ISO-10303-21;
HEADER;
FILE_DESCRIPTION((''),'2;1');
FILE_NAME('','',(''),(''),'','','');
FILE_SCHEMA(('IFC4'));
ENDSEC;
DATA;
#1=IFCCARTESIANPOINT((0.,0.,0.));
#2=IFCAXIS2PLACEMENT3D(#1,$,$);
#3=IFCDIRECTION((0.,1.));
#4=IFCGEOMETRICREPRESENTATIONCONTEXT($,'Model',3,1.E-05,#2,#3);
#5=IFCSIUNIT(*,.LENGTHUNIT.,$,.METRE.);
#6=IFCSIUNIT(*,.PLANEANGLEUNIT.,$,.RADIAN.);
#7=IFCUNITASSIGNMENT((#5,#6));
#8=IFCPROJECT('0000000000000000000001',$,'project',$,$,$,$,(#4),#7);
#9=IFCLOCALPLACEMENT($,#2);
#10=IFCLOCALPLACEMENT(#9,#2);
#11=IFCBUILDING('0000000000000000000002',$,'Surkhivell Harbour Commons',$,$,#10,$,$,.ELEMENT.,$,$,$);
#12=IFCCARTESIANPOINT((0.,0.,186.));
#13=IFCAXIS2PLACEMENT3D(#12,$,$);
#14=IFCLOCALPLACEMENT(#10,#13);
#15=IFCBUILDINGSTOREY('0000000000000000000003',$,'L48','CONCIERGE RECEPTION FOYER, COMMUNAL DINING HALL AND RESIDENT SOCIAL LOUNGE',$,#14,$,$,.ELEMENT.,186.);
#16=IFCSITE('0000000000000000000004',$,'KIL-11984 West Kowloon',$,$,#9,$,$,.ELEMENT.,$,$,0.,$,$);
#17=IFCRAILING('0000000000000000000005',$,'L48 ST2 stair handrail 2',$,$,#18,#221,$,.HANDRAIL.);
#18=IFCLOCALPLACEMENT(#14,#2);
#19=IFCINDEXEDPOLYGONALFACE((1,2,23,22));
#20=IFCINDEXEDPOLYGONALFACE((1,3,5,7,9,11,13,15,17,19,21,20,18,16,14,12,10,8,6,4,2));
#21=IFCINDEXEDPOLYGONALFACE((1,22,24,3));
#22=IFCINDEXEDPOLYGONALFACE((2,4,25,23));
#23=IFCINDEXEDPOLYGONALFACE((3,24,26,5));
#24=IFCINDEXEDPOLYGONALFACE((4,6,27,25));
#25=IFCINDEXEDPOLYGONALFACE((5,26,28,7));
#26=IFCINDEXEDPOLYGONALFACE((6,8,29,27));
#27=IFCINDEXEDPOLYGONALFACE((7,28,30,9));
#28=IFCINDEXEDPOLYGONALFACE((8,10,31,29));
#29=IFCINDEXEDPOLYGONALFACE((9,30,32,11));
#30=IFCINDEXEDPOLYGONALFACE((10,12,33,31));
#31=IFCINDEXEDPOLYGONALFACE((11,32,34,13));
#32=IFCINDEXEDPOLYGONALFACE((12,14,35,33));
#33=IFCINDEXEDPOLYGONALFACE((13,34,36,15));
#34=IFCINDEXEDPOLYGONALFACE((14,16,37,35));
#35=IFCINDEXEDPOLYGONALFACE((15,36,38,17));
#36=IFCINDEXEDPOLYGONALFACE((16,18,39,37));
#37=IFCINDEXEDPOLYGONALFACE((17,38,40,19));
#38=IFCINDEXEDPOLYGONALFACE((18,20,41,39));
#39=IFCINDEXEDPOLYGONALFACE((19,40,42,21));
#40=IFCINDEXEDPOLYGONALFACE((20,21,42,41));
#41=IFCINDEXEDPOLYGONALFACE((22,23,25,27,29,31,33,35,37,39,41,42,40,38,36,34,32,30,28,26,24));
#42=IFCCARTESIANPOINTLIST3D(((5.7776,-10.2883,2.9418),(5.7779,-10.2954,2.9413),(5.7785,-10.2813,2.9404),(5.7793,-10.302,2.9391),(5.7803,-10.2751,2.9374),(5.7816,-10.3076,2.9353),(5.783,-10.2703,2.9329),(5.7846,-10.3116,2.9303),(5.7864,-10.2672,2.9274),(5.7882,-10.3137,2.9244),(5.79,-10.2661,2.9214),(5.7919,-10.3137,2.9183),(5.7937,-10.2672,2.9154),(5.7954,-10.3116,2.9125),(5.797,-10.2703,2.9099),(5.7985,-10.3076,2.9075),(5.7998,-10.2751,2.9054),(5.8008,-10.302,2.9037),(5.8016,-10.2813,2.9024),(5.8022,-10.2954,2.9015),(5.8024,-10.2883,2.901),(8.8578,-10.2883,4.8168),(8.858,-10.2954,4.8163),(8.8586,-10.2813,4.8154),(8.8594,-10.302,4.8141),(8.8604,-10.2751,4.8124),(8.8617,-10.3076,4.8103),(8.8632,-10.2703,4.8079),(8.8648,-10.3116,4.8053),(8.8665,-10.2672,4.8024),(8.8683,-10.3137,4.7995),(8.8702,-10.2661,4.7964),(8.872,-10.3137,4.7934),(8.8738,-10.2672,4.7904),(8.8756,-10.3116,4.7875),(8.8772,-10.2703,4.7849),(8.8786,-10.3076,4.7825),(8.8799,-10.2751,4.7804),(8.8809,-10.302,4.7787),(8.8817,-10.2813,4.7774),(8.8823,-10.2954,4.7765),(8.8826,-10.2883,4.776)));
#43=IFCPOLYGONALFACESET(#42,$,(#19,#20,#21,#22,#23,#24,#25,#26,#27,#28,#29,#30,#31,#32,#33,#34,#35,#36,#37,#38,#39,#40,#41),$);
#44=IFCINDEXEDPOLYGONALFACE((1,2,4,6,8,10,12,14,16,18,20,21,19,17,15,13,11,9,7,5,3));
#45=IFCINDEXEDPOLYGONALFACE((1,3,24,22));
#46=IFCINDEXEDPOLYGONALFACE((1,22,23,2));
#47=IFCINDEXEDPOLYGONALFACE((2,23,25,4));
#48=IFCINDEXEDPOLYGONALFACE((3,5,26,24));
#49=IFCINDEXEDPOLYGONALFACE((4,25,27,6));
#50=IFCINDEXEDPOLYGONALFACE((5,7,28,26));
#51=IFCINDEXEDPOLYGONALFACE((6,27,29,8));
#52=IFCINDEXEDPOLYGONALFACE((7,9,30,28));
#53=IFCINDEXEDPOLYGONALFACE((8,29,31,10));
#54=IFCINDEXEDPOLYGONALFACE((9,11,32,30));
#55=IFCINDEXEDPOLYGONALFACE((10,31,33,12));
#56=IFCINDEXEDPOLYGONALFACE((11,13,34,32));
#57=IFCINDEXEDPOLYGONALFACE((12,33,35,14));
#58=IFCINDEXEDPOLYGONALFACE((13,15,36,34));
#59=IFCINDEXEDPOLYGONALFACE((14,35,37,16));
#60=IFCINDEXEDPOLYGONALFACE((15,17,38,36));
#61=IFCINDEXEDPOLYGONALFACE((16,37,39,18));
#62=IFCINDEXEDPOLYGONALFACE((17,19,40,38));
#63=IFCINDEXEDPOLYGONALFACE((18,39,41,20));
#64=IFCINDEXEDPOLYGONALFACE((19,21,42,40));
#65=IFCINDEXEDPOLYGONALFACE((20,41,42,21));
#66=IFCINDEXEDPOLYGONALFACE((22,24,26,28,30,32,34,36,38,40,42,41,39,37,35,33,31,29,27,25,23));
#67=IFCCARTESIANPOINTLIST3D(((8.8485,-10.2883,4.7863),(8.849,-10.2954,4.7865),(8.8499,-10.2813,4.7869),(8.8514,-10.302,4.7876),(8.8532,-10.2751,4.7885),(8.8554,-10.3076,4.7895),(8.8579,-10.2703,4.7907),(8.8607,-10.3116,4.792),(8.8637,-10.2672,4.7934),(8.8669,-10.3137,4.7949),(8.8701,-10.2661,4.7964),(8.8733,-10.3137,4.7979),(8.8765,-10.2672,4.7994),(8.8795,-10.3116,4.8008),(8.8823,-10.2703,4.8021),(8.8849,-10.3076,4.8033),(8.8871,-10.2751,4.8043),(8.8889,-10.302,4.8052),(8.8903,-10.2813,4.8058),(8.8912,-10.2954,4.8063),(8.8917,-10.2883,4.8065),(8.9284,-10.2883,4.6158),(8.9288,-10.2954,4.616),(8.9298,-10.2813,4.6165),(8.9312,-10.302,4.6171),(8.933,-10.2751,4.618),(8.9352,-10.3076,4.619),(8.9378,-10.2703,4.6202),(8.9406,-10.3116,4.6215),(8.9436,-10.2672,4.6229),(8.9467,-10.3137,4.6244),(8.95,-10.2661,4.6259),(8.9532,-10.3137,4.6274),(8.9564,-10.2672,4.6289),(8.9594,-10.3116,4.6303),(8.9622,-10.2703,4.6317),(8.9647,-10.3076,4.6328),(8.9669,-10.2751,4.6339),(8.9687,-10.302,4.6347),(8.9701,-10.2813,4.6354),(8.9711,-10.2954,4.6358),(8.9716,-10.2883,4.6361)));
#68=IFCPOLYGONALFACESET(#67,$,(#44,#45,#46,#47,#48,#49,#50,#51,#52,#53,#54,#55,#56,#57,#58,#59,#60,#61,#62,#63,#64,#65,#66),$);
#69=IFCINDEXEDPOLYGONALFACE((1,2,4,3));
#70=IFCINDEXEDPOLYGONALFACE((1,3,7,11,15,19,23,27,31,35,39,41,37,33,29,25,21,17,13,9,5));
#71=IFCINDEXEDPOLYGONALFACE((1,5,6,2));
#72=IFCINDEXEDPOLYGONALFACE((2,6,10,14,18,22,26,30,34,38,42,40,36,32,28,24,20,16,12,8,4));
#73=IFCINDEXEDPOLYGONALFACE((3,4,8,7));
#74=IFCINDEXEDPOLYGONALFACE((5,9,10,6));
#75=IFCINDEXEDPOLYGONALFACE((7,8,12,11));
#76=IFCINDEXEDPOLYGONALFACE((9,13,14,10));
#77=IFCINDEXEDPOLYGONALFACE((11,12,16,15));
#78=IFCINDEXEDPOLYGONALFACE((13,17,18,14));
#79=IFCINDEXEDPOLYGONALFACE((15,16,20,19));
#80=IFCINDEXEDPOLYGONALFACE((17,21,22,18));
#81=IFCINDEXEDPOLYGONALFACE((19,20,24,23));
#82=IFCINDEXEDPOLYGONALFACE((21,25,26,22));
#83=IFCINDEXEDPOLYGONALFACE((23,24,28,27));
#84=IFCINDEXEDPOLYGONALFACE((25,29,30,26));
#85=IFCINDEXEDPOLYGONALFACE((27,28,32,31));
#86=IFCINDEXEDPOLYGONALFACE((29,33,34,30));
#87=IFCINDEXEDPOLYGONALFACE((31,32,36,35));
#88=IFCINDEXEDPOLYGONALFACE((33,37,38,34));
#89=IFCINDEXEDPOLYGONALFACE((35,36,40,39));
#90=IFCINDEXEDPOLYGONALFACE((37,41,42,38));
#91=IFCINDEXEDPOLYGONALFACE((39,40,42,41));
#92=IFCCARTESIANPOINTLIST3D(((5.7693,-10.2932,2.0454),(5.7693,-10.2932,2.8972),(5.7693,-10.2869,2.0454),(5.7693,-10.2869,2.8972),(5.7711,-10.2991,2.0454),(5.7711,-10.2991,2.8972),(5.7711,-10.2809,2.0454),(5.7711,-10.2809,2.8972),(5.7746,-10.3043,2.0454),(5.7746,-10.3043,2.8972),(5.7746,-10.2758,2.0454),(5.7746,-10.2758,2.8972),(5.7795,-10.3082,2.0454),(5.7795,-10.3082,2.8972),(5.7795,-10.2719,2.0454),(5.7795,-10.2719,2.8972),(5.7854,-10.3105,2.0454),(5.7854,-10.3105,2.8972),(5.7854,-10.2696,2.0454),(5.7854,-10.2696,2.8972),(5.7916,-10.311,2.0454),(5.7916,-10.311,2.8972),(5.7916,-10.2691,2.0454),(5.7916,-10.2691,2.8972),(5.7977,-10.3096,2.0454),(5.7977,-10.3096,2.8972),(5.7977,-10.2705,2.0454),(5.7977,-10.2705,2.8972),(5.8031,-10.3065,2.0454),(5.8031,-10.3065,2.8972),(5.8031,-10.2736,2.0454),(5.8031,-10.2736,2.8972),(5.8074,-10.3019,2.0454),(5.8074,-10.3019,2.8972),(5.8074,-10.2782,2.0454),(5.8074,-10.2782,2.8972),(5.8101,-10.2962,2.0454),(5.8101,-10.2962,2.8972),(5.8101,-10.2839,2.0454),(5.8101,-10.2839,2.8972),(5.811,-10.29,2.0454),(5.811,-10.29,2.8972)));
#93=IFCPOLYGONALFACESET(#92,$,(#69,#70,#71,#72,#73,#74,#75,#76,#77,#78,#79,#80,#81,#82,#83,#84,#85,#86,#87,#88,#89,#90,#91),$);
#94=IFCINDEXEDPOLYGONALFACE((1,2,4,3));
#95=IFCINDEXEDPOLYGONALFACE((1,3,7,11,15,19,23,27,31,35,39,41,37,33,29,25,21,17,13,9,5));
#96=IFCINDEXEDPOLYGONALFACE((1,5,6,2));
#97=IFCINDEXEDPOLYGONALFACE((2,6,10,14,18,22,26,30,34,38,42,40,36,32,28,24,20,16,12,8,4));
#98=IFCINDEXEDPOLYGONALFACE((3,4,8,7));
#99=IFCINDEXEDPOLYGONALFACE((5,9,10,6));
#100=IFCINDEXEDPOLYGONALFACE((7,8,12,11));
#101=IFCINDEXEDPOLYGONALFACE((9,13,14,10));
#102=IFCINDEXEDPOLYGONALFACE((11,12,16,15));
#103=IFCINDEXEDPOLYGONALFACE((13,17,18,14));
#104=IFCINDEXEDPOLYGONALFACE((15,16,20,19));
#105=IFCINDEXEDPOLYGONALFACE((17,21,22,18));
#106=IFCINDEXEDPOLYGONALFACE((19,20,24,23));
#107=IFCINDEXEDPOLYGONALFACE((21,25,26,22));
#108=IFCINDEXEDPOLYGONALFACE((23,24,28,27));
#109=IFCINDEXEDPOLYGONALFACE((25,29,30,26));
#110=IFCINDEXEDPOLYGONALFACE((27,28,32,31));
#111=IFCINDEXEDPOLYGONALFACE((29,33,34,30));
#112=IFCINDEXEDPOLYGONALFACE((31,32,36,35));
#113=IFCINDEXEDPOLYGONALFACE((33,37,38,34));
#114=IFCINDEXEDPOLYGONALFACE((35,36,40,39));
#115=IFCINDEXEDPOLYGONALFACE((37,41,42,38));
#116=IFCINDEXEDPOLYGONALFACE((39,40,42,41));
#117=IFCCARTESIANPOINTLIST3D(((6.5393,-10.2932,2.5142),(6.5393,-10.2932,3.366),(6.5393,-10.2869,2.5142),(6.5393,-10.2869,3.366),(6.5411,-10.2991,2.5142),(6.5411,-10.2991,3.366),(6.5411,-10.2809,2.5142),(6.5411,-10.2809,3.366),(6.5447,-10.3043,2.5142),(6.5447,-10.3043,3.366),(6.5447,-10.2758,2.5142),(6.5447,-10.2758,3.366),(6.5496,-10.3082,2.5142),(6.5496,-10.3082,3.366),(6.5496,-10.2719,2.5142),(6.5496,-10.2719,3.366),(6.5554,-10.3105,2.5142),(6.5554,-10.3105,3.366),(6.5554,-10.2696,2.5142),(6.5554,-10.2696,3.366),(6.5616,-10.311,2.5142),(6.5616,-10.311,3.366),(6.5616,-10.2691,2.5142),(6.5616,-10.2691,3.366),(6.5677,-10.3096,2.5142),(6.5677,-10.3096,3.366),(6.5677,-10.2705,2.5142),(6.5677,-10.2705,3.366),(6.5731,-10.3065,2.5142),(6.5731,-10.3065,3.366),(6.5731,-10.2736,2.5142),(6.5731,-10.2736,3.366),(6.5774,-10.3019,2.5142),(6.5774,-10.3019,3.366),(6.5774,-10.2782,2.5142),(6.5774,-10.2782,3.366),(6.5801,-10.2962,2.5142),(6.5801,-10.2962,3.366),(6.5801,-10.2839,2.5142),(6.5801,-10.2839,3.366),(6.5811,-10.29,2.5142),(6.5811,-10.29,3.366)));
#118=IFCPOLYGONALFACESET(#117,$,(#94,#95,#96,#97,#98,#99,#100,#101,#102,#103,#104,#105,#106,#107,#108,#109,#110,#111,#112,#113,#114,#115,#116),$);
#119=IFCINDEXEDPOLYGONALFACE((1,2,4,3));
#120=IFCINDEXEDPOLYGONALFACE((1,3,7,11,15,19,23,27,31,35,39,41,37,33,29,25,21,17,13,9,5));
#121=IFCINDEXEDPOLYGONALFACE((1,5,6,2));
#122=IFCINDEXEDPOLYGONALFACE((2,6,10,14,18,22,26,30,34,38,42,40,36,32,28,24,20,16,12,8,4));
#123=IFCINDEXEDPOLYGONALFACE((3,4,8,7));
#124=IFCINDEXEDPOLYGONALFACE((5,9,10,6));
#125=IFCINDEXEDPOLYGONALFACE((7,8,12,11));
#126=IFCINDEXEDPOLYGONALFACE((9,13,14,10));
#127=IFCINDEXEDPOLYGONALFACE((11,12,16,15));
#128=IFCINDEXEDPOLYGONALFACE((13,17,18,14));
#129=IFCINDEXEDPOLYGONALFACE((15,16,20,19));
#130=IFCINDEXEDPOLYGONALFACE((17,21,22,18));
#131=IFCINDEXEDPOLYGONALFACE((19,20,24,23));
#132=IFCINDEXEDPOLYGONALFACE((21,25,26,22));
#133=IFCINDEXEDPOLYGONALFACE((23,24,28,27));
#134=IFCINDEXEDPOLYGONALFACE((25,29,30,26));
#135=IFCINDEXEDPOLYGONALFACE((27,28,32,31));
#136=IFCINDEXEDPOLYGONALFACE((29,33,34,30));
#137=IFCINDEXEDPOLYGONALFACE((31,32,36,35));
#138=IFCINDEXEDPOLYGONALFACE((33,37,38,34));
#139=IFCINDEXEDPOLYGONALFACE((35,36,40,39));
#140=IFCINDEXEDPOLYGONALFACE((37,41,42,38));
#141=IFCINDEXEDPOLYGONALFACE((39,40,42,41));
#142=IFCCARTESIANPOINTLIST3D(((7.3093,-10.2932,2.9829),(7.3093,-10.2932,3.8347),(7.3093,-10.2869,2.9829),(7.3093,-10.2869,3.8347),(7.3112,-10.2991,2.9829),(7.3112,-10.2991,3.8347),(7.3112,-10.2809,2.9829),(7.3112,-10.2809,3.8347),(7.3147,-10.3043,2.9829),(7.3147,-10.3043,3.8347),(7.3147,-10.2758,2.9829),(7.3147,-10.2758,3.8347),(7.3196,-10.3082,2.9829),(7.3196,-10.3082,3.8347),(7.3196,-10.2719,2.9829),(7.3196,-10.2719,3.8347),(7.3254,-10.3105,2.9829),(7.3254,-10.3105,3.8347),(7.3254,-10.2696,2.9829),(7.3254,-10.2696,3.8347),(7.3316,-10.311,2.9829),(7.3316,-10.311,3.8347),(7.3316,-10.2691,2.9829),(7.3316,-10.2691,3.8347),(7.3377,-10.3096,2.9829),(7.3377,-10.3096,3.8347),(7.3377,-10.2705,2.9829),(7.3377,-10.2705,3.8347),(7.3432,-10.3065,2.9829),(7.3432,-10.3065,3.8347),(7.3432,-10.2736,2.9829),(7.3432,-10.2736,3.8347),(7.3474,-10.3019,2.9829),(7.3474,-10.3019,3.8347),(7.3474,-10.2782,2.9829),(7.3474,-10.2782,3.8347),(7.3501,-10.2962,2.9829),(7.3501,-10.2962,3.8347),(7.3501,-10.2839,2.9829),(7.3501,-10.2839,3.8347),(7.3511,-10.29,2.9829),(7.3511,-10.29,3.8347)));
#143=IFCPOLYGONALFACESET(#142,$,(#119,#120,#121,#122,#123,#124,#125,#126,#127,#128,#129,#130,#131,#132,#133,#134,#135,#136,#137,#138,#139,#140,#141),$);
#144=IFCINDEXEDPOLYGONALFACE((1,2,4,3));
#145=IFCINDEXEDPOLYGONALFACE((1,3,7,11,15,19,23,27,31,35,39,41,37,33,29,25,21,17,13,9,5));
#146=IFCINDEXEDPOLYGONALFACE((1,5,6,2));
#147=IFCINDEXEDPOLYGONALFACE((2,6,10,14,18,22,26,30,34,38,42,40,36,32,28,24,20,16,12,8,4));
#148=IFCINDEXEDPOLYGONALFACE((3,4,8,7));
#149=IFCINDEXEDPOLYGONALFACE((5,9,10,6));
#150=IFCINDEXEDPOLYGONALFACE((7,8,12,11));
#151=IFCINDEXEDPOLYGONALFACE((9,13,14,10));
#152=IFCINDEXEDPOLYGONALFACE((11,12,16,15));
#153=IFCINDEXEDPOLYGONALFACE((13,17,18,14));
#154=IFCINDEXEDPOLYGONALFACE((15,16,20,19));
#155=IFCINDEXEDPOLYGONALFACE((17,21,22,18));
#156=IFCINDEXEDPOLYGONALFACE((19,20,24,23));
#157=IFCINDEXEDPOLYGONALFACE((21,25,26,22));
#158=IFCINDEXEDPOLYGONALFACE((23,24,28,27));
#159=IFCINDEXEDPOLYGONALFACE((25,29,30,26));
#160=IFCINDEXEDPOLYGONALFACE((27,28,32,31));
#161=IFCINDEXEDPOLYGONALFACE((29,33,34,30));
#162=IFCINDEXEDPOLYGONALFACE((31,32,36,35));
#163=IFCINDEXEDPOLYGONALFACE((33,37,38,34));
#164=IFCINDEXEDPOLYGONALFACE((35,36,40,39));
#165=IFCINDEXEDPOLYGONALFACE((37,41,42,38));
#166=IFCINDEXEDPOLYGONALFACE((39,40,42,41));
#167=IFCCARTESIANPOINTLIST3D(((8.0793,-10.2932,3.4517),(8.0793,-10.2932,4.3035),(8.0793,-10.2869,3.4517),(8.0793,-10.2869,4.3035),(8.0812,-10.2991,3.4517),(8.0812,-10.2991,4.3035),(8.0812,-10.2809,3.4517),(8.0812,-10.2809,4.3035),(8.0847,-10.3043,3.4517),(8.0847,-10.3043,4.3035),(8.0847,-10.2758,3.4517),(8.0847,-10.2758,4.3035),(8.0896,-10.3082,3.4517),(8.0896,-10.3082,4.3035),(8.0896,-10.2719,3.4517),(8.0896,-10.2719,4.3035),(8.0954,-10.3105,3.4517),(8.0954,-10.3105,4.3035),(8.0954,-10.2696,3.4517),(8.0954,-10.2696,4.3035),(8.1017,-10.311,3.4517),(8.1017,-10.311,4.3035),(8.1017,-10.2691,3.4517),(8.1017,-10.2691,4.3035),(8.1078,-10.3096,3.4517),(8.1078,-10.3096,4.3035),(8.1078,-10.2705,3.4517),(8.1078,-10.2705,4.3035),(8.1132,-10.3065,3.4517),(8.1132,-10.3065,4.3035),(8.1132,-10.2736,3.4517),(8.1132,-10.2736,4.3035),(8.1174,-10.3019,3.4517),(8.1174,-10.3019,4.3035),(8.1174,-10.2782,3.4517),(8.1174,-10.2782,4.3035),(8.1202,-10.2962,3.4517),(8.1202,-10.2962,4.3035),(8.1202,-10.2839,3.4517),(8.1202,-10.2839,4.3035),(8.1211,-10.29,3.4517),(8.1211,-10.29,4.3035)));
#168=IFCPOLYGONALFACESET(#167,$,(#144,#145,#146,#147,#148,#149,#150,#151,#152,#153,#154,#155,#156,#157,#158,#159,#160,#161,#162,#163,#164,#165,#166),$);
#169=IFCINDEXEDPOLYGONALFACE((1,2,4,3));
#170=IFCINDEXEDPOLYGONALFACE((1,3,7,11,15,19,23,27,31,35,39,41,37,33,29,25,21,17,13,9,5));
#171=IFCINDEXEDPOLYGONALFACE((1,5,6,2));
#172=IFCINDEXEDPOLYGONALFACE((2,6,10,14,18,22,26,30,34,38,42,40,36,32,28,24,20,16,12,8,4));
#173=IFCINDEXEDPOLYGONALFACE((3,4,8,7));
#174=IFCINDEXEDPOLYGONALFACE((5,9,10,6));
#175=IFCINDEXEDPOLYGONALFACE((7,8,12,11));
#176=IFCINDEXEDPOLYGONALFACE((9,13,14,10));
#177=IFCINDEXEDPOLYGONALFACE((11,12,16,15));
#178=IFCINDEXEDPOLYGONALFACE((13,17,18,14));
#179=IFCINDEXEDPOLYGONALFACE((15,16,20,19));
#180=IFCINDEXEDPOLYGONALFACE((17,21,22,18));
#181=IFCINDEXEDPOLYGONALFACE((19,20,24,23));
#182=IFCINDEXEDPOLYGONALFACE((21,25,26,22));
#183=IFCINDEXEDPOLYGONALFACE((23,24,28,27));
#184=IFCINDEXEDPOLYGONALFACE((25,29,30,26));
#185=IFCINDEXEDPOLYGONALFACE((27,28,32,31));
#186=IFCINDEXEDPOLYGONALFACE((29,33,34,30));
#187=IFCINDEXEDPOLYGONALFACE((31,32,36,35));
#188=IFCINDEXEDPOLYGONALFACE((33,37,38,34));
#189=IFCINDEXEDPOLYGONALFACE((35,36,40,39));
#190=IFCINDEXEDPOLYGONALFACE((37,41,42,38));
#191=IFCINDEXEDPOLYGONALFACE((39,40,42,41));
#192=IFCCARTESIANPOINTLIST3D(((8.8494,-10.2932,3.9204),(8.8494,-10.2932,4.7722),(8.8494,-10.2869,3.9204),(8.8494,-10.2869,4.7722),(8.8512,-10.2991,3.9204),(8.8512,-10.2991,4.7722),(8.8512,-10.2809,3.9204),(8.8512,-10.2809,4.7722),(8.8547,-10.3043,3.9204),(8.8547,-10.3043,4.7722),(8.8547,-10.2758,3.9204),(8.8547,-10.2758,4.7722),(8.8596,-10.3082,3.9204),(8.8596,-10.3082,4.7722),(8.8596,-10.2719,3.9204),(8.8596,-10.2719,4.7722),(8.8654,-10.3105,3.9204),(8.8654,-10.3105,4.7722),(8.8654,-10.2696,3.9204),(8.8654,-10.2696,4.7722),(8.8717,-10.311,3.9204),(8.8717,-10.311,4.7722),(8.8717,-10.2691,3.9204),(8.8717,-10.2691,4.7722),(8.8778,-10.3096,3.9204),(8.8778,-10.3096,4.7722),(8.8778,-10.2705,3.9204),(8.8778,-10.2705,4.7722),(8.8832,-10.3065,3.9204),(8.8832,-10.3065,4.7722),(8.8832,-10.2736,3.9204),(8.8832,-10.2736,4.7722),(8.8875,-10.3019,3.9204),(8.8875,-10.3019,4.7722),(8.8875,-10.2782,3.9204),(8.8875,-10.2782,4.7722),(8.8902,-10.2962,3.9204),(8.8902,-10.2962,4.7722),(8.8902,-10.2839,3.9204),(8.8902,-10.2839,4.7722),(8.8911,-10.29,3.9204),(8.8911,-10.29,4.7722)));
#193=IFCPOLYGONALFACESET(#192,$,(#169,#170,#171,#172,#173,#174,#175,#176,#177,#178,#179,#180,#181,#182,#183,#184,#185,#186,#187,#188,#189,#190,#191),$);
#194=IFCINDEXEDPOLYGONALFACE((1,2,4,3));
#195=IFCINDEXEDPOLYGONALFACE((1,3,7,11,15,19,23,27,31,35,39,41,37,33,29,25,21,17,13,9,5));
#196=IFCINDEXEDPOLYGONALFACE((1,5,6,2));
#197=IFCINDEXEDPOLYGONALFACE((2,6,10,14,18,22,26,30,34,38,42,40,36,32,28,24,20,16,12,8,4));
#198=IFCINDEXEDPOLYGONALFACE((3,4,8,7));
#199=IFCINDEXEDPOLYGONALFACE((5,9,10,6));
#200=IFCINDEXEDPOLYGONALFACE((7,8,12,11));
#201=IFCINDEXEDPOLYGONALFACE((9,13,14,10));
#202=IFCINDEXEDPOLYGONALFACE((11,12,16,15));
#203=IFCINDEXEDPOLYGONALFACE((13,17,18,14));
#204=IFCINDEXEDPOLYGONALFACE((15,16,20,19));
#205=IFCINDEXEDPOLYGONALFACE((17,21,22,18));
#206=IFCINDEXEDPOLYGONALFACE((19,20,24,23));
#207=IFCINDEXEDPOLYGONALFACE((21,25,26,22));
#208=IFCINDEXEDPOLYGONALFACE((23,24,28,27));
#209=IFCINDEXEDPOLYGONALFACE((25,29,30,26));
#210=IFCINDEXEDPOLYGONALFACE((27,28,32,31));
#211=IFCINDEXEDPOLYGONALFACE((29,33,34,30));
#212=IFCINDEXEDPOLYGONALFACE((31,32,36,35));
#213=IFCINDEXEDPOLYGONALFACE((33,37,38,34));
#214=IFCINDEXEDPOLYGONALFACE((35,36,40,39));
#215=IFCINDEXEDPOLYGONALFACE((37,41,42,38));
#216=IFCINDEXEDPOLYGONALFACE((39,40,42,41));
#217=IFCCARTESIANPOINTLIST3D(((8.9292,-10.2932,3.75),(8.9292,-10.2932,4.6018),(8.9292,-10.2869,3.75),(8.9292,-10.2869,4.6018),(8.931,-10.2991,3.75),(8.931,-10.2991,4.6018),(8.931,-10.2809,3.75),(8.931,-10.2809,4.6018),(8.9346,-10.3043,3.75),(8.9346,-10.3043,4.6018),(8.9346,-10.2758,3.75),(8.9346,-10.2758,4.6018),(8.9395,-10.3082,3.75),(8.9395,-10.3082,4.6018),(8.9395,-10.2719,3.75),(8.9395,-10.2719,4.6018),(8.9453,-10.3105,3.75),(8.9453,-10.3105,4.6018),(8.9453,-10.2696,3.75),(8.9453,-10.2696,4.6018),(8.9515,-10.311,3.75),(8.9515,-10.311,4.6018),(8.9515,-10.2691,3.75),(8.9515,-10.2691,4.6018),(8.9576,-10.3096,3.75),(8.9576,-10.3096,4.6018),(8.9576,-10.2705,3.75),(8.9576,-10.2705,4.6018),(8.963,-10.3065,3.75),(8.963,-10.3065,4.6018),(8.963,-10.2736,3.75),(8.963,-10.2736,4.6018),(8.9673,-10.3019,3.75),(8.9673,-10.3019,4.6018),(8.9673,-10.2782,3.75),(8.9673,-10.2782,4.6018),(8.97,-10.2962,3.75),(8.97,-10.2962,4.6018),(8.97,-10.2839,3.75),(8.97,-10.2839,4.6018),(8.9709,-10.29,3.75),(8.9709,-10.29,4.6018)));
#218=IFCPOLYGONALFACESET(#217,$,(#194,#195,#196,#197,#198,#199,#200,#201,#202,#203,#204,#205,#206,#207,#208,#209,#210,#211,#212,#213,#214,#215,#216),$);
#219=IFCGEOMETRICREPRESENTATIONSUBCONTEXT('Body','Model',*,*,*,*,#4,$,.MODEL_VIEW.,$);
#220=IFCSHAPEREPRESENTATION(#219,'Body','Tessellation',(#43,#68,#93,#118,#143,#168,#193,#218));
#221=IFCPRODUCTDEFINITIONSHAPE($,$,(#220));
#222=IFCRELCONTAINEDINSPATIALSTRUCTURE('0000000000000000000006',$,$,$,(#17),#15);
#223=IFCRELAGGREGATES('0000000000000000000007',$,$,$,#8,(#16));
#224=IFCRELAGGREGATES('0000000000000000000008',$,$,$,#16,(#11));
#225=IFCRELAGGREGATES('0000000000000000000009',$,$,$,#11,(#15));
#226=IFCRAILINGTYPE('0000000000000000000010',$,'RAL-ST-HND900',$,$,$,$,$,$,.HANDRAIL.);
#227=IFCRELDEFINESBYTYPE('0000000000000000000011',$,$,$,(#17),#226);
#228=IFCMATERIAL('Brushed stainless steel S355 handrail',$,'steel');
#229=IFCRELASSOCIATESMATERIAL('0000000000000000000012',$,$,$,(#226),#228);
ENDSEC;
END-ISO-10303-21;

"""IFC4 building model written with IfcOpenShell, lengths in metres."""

from ifc_helpers import new_model, si_unit, direction, frame, origin, origin_2d, place, context, subcontext, project, spatial, circle, extrude, material, type_object, element, save


model = new_model("IFC4")

# Units and contexts
model_context = context("Model", 3, precision=1e-05, world=origin(), true_north=direction((0.0, 1.0)))
body_context = subcontext(model_context, "Body", "Model", "MODEL_VIEW")
ifc_project = project(units=[si_unit("LENGTHUNIT", "METRE"), si_unit("PLANEANGLEUNIT", "RADIAN")], contexts=[model_context])

# Site, building, storey
site_placement = place(None, origin())
site = spatial("IfcSite", under=ifc_project, at=site_placement, Name="KIL-11984 West Kowloon", CompositionType="ELEMENT", RefElevation=0.0)
building_placement = place(site_placement, origin())
building = spatial("IfcBuilding", under=site, at=building_placement, Name="Surkhivell Harbour Commons", CompositionType="ELEMENT")
storey_placement = place(building_placement, frame((0.0, 0.0, 186.0)))
storey = spatial("IfcBuildingStorey", under=building, at=storey_placement, Name="L48", Description="CONCIERGE RECEPTION FOYER, COMMUNAL DINING HALL AND RESIDENT SOCIAL LOUNGE", CompositionType="ELEMENT", Elevation=186.0)

# Railing
ifc_material_1 = material(Name="Brushed stainless steel S355 handrail", Category="steel")
railing_type_1 = type_object("IfcRailingType", Name="RAL-ST-HND900", PredefinedType="HANDRAIL", material=ifc_material_1)
railing_1_placement = place(storey_placement, frame((5.79, -10.29, 2.0454)))
element("IfcRailing", 1, at=railing_1_placement, inside=storey, type_object=railing_type_1, Name="L48 ST2 stair handrail 2", PredefinedType="HANDRAIL", context=body_context, shape_type="SweptSolid", body=[
    extrude(circle(Radius=0.0239, at=origin_2d()), frame((0.0, 0.0, 0.876), z_axis=(0.854178, 0.0, 0.519981), x_axis=(0.0, 1.0, 0.0)), (0.0, 0.0, 1.0), 3.606),
    extrude(circle(Radius=0.0239, at=origin_2d()), frame((3.0801, 0.0, 2.751), z_axis=(0.424234, 0.0, -0.905552), x_axis=(0.0, 1.0, 0.0)), (0.0, 0.0, 1.0), 0.1882),
    extrude(circle(Radius=0.021, at=origin_2d()), origin(), (0.0, 0.0, 1.0), 0.8518),
    extrude(circle(Radius=0.021, at=origin_2d()), frame((0.77, 0.0, 0.4688)), (0.0, 0.0, 1.0), 0.8518),
    extrude(circle(Radius=0.021, at=origin_2d()), frame((1.54, 0.0, 0.9375)), (0.0, 0.0, 1.0), 0.8518),
    extrude(circle(Radius=0.021, at=origin_2d()), frame((2.3101, 0.0, 1.4062)), (0.0, 0.0, 1.0), 0.8518),
    extrude(circle(Radius=0.021, at=origin_2d()), frame((3.0801, 0.0, 1.875)), (0.0, 0.0, 1.0), 0.8518),
    extrude(circle(Radius=0.021, at=origin_2d()), frame((3.1599, 0.0, 1.7046)), (0.0, 0.0, 1.0), 0.8518),
])

save(model, "model.ifc")
